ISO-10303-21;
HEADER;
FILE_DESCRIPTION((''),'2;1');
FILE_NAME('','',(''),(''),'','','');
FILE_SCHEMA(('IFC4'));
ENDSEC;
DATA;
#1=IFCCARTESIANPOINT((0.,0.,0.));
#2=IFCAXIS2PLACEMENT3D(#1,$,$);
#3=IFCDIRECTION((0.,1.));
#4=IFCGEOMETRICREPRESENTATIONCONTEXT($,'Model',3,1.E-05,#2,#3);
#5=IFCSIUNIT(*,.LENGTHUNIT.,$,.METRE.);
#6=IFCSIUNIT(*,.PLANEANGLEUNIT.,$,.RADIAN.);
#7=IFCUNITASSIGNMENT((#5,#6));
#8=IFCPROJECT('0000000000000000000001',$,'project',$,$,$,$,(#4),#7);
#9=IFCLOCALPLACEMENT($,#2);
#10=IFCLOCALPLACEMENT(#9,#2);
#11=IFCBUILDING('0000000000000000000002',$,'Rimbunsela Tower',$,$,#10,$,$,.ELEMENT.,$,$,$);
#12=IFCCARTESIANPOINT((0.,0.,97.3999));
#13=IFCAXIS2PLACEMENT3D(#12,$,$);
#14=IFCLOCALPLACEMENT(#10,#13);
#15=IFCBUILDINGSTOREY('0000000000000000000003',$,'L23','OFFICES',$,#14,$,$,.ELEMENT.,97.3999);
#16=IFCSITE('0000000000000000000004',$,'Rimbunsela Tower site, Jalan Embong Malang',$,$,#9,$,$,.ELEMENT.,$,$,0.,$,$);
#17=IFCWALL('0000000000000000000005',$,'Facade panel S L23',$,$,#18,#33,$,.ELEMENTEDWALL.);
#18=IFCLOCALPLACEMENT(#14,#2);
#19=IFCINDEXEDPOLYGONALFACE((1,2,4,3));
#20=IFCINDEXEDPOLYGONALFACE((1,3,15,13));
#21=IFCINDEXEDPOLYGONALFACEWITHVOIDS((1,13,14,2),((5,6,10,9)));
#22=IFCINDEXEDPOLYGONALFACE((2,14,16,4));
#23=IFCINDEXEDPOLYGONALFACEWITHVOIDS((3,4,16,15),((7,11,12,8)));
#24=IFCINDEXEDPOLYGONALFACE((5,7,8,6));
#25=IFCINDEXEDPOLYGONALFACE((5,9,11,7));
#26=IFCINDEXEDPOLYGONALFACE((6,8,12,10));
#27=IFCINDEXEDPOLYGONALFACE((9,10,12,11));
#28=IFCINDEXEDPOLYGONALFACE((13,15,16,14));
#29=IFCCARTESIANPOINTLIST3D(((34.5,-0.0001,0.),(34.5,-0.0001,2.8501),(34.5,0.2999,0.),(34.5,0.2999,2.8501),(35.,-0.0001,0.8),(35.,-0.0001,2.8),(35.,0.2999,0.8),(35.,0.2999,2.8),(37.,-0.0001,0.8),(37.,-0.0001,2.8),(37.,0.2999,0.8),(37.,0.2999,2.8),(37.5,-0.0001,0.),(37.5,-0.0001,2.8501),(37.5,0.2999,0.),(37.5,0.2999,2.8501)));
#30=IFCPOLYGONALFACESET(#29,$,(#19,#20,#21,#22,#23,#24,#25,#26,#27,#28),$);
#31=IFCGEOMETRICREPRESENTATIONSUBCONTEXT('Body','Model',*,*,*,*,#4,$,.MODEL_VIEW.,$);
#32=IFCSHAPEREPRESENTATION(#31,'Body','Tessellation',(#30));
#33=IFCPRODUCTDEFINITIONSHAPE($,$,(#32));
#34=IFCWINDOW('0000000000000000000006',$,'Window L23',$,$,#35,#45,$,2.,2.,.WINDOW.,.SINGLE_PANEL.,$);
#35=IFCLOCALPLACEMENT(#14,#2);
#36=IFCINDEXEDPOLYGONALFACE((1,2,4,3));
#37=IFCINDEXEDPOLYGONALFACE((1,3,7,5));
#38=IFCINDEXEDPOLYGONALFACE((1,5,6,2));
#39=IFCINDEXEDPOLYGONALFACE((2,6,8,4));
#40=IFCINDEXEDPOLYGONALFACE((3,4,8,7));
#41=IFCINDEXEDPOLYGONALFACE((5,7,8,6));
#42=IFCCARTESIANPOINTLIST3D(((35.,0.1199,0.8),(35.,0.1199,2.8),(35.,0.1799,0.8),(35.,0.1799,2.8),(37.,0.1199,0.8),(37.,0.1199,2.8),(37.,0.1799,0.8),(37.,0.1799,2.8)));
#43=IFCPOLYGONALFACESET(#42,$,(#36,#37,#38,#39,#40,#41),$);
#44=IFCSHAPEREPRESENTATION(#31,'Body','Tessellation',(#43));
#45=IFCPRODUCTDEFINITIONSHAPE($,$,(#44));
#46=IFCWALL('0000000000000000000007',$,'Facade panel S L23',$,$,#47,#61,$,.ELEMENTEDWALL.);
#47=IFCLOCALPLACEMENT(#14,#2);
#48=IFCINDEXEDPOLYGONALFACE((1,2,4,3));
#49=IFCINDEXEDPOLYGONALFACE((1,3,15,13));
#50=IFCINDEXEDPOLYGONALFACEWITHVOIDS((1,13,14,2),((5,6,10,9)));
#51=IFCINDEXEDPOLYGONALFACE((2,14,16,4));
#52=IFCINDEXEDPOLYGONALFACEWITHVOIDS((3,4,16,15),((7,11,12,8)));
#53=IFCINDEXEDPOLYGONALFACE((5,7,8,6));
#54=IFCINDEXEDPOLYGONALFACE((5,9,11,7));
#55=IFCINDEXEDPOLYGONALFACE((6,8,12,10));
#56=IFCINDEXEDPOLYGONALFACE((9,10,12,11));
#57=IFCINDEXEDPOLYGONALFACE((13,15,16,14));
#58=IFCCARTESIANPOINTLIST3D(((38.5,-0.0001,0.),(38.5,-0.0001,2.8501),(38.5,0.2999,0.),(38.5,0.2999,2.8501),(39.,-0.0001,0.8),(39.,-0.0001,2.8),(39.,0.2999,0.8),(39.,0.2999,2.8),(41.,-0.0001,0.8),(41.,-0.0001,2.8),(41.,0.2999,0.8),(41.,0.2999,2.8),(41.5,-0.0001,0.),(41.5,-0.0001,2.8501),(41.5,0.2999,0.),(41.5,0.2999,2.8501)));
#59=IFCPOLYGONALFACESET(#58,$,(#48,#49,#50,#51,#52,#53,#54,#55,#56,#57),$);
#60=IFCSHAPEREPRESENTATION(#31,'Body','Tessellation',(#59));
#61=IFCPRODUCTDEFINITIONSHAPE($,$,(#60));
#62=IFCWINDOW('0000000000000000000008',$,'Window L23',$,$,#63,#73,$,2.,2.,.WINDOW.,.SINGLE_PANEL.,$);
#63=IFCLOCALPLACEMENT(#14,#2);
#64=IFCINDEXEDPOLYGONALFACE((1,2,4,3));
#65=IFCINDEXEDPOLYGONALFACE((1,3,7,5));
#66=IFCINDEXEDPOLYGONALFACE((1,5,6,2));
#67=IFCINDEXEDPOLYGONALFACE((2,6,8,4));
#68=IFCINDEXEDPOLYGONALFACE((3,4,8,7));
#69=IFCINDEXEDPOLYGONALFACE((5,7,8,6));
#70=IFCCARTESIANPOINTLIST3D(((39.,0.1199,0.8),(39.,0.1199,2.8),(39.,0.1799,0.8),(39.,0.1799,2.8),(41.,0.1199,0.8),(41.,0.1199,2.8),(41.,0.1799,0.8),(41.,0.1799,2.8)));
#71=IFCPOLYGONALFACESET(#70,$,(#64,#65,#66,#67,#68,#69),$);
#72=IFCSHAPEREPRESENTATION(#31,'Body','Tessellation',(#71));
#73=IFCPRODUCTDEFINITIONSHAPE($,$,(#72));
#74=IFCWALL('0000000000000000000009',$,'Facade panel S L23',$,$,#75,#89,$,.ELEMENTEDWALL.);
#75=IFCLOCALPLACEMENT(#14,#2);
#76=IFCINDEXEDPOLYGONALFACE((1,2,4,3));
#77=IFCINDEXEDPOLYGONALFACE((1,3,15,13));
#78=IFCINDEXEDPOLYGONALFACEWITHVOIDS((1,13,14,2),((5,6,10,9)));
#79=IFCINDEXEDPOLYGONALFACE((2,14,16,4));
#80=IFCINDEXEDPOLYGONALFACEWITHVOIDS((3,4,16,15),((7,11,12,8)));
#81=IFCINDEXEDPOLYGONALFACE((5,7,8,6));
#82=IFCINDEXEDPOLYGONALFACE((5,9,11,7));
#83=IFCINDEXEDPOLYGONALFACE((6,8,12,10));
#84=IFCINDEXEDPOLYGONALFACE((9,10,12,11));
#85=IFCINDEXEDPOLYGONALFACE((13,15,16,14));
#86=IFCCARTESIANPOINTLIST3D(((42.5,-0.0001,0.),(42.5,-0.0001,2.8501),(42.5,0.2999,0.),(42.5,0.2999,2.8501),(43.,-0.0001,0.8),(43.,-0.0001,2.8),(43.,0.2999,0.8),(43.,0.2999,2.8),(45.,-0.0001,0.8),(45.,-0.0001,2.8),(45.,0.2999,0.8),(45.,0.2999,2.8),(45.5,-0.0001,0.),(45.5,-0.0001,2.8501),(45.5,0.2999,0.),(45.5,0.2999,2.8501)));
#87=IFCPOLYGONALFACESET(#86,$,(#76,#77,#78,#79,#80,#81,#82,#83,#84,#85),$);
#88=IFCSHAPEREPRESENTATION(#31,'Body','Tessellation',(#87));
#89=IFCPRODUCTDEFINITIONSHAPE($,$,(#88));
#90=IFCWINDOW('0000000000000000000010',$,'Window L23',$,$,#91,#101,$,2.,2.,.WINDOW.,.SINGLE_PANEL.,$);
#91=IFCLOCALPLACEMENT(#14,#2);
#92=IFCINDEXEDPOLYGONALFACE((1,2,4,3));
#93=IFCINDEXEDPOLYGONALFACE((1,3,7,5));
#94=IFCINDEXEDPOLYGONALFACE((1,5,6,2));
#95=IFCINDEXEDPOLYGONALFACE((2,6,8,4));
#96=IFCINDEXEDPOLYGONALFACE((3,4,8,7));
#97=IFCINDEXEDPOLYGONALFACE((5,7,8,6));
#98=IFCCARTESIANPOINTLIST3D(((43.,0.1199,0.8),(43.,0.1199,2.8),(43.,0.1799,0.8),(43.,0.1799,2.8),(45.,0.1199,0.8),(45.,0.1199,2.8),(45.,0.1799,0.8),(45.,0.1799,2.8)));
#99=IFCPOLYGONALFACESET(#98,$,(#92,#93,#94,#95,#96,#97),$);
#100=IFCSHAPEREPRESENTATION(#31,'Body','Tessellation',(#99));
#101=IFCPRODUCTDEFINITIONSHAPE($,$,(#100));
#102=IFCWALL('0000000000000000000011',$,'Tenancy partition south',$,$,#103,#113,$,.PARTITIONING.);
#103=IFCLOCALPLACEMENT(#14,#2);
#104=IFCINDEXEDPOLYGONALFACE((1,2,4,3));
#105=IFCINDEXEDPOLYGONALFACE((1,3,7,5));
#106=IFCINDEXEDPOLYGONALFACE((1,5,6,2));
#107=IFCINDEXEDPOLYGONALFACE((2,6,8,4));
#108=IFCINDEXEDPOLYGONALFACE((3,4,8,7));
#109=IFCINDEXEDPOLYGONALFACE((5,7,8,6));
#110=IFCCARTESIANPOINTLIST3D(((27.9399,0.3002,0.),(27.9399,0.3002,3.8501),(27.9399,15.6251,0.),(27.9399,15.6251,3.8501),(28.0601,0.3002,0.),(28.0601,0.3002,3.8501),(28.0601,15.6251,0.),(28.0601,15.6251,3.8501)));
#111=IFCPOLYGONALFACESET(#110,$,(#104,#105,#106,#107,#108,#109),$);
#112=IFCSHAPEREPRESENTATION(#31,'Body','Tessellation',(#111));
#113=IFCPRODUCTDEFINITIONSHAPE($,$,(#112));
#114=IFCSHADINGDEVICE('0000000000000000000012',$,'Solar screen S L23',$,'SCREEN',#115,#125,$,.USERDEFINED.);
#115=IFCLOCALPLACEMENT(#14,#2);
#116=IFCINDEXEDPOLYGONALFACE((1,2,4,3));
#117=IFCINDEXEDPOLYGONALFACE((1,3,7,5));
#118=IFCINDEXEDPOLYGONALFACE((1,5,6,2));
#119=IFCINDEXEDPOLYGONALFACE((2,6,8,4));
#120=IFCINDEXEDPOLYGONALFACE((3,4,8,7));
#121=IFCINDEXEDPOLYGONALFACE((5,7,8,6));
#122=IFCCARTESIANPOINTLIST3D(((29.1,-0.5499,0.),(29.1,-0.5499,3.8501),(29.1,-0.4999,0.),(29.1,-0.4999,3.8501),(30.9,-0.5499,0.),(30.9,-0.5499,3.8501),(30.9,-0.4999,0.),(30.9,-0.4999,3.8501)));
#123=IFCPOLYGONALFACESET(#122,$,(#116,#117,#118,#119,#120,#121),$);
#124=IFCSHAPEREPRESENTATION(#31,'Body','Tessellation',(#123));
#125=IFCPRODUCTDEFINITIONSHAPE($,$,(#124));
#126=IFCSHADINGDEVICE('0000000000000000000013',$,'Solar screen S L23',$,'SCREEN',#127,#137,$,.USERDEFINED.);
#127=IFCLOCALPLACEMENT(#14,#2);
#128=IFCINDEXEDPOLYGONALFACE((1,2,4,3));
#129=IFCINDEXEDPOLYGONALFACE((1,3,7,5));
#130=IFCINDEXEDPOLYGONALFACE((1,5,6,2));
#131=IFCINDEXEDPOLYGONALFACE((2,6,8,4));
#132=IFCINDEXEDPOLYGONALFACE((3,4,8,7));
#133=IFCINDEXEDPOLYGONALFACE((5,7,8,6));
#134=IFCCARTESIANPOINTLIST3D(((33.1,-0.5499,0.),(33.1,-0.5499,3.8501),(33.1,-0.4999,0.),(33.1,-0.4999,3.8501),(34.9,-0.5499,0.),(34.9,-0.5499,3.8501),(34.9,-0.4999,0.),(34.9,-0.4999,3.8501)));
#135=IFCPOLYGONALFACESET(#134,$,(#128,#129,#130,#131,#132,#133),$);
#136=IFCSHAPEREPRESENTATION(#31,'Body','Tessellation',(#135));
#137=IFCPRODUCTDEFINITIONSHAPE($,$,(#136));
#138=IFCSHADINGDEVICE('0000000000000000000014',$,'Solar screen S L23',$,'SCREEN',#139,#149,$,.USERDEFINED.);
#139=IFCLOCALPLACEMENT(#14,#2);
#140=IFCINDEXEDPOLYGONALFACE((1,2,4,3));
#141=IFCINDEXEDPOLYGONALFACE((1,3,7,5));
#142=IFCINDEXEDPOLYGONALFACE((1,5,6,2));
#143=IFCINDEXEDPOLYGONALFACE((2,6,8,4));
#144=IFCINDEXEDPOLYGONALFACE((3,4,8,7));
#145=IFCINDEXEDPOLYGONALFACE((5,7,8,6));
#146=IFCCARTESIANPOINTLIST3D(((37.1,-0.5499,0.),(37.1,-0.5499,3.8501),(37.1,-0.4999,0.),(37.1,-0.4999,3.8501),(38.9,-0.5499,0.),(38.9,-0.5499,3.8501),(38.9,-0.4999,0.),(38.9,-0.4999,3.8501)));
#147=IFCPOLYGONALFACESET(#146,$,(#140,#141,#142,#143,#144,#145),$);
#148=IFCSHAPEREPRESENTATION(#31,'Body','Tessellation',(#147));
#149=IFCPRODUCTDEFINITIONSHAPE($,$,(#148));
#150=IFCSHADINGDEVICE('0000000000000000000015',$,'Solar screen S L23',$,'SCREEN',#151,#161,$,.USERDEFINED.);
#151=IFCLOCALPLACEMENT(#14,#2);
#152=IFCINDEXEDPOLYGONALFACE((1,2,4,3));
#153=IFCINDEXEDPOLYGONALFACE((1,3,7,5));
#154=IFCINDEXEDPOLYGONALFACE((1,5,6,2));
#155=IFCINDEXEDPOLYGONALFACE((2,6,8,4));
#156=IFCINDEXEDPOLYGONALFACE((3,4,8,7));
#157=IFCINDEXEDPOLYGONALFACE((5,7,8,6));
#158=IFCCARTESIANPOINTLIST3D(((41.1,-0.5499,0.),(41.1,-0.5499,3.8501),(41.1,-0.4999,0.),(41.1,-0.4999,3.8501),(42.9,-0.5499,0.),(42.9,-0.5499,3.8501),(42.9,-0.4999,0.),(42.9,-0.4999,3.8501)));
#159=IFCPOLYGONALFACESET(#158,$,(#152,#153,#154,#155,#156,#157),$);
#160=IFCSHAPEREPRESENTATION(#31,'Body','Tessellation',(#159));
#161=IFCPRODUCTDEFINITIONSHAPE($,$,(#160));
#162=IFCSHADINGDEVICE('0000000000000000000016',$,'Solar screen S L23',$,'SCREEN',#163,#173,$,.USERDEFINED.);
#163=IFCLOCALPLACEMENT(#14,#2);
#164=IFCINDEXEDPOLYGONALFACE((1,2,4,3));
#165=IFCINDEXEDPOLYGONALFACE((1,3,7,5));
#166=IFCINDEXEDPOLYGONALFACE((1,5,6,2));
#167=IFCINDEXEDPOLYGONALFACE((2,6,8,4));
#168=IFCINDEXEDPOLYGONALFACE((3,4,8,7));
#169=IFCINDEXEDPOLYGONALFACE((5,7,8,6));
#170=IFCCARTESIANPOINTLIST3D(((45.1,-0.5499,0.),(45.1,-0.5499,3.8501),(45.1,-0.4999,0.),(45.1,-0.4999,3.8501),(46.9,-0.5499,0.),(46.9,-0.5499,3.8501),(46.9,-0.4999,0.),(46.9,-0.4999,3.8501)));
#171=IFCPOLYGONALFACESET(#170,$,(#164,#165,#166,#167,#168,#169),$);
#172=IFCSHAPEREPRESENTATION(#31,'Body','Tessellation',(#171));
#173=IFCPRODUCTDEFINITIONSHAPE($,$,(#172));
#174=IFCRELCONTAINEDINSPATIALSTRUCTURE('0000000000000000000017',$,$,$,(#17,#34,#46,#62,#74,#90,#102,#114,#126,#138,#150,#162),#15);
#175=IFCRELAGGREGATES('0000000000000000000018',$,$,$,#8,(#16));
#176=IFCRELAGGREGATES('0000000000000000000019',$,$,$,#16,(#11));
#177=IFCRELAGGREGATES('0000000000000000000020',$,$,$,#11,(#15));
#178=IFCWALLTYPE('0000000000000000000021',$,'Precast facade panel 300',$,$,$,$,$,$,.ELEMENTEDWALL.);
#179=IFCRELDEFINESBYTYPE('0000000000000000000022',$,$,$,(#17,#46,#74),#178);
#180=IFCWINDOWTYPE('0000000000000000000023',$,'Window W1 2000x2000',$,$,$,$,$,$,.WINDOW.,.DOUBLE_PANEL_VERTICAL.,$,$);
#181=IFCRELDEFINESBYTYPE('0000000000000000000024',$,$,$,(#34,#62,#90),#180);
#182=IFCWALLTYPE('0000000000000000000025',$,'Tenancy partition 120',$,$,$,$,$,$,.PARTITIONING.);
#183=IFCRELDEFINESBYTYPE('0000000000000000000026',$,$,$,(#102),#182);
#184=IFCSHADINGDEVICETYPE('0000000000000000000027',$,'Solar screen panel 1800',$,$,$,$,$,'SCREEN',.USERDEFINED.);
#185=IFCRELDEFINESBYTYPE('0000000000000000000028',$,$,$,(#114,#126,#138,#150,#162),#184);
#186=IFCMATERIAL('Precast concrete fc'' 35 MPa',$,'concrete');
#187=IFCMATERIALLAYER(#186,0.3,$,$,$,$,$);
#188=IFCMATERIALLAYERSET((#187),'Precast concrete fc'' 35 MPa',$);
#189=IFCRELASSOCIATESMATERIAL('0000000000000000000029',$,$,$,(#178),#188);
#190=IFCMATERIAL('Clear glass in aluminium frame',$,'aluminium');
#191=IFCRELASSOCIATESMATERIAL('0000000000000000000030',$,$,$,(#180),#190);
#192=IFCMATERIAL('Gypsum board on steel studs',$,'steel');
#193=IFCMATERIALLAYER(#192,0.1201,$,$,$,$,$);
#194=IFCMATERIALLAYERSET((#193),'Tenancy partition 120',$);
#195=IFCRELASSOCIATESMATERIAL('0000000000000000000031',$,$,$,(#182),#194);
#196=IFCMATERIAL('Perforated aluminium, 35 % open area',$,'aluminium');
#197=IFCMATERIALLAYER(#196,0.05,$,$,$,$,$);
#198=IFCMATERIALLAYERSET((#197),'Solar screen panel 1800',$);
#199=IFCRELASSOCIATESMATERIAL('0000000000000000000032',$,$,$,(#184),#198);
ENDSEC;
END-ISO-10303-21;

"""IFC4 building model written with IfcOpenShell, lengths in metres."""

from ifc_helpers import new_model, si_unit, direction, frame, frame_2d, origin, origin_2d, place, context, subcontext, project, spatial, rectangle, extrude, material, layer, layer_set, type_object, element, fill, save


model = new_model("IFC4")

# Units and contexts
model_context = context("Model", 3, precision=1e-05, world=origin(), true_north=direction((0.0, 1.0)))
body_context = subcontext(model_context, "Body", "Model", "MODEL_VIEW")
ifc_project = project(units=[si_unit("LENGTHUNIT", "METRE"), si_unit("PLANEANGLEUNIT", "RADIAN")], contexts=[model_context])

# Site, building, storey
site_placement = place(None, origin())
site = spatial("IfcSite", under=ifc_project, at=site_placement, Name="Rimbunsela Tower site, Jalan Embong Malang", CompositionType="ELEMENT", RefElevation=0.0)
building_placement = place(site_placement, origin())
building = spatial("IfcBuilding", under=site, at=building_placement, Name="Rimbunsela Tower", CompositionType="ELEMENT")
storey_placement = place(building_placement, frame((0.0, 0.0, 97.3999)))
storey = spatial("IfcBuildingStorey", under=building, at=storey_placement, Name="L23", Description="OFFICES", CompositionType="ELEMENT", Elevation=97.3999)

# Shared definitions
ifc_material_1 = material(Name="Precast concrete fc' 35 MPa", Category="concrete")
ifc_layer_1 = layer(ifc_material_1, 0.3)
ifc_layer_set_1 = layer_set([ifc_layer_1], Name="Precast concrete fc' 35 MPa")
wall_type_1 = type_object("IfcWallType", Name="Precast facade panel 300", PredefinedType="ELEMENTEDWALL", material=ifc_layer_set_1)

# Walls, openings, windows
ifc_material_2 = material(Name="Clear glass in aluminium frame", Category="aluminium")
window_type_1 = type_object("IfcWindowType", Name="Window W1 2000x2000", PartitioningType="DOUBLE_PANEL_VERTICAL", PredefinedType="WINDOW", material=ifc_material_2)
wall_1_placement = place(storey_placement, frame((34.5, 0.1499, 0.0), z_axis=(0.0, 0.0, 1.0), x_axis=(1.0, 0.0, 0.0)))
wall_1 = element("IfcWall", 1, at=wall_1_placement, inside=storey, type_object=wall_type_1, Name="Facade panel S L23", PredefinedType="ELEMENTEDWALL", context=body_context, shape_type="SweptSolid", body=[
    extrude(rectangle(XDim=3.0, YDim=0.3, at=frame_2d((1.5, 0.0))), origin(), (0.0, 0.0, 1.0), 2.8501),
])
opening_1_placement = place(wall_1_placement, frame((0.5, 0.0, 0.8)))
opening_1 = element("IfcOpeningElement", 2, at=opening_1_placement, cuts=wall_1, PredefinedType="OPENING", context=body_context, shape_type="SweptSolid", body=[
    extrude(rectangle(XDim=2.0, YDim=2.0, at=frame_2d((1.0, 1.0))), frame((0.0, 0.1599, 0.0), z_axis=(0.0, -1.0, 0.0), x_axis=(1.0, 0.0, 0.0)), (0.0, 0.0, 1.0), 0.3201),
])
window_1_placement = place(opening_1_placement, origin())
window_1 = element("IfcWindow", 3, at=window_1_placement, inside=storey, type_object=window_type_1, Name="Window L23", OverallHeight=2.0, OverallWidth=2.0, PartitioningType="SINGLE_PANEL", PredefinedType="WINDOW", context=body_context, shape_type="SweptSolid", body=[
    extrude(rectangle(XDim=2.0, YDim=2.0, at=frame_2d((1.0, 1.0))), frame((0.0, 0.03, 0.0), z_axis=(0.0, -1.0, 0.0), x_axis=(1.0, 0.0, 0.0)), (0.0, 0.0, 1.0), 0.0601),
])
fill(opening_1, window_1)
wall_2_placement = place(storey_placement, frame((38.5, 0.1499, 0.0), z_axis=(0.0, 0.0, 1.0), x_axis=(1.0, 0.0, 0.0)))
wall_2 = element("IfcWall", 4, at=wall_2_placement, inside=storey, type_object=wall_type_1, Name="Facade panel S L23", PredefinedType="ELEMENTEDWALL", context=body_context, shape_type="SweptSolid", body=[
    extrude(rectangle(XDim=3.0, YDim=0.3, at=frame_2d((1.5, 0.0))), origin(), (0.0, 0.0, 1.0), 2.8501),
])
opening_2_placement = place(wall_2_placement, frame((0.5, 0.0, 0.8)))
opening_2 = element("IfcOpeningElement", 5, at=opening_2_placement, cuts=wall_2, PredefinedType="OPENING", context=body_context, shape_type="SweptSolid", body=[
    extrude(rectangle(XDim=2.0, YDim=2.0, at=frame_2d((1.0, 1.0))), frame((0.0, 0.1599, 0.0), z_axis=(0.0, -1.0, 0.0), x_axis=(1.0, 0.0, 0.0)), (0.0, 0.0, 1.0), 0.3201),
])
window_2_placement = place(opening_2_placement, origin())
window_2 = element("IfcWindow", 6, at=window_2_placement, inside=storey, type_object=window_type_1, Name="Window L23", OverallHeight=2.0, OverallWidth=2.0, PartitioningType="SINGLE_PANEL", PredefinedType="WINDOW", context=body_context, shape_type="SweptSolid", body=[
    extrude(rectangle(XDim=2.0, YDim=2.0, at=frame_2d((1.0, 1.0))), frame((0.0, 0.03, 0.0), z_axis=(0.0, -1.0, 0.0), x_axis=(1.0, 0.0, 0.0)), (0.0, 0.0, 1.0), 0.0601),
])
fill(opening_2, window_2)
wall_3_placement = place(storey_placement, frame((42.5, 0.1499, 0.0), z_axis=(0.0, 0.0, 1.0), x_axis=(1.0, 0.0, 0.0)))
wall_3 = element("IfcWall", 7, at=wall_3_placement, inside=storey, type_object=wall_type_1, Name="Facade panel S L23", PredefinedType="ELEMENTEDWALL", context=body_context, shape_type="SweptSolid", body=[
    extrude(rectangle(XDim=3.0, YDim=0.3, at=frame_2d((1.5, 0.0))), origin(), (0.0, 0.0, 1.0), 2.8501),
])
opening_3_placement = place(wall_3_placement, frame((0.5, 0.0, 0.8)))
opening_3 = element("IfcOpeningElement", 8, at=opening_3_placement, cuts=wall_3, PredefinedType="OPENING", context=body_context, shape_type="SweptSolid", body=[
    extrude(rectangle(XDim=2.0, YDim=2.0, at=frame_2d((1.0, 1.0))), frame((0.0, 0.1599, 0.0), z_axis=(0.0, -1.0, 0.0), x_axis=(1.0, 0.0, 0.0)), (0.0, 0.0, 1.0), 0.3201),
])
window_3_placement = place(opening_3_placement, origin())
window_3 = element("IfcWindow", 9, at=window_3_placement, inside=storey, type_object=window_type_1, Name="Window L23", OverallHeight=2.0, OverallWidth=2.0, PartitioningType="SINGLE_PANEL", PredefinedType="WINDOW", context=body_context, shape_type="SweptSolid", body=[
    extrude(rectangle(XDim=2.0, YDim=2.0, at=frame_2d((1.0, 1.0))), frame((0.0, 0.03, 0.0), z_axis=(0.0, -1.0, 0.0), x_axis=(1.0, 0.0, 0.0)), (0.0, 0.0, 1.0), 0.0601),
])
fill(opening_3, window_3)

# Wall
ifc_material_3 = material(Name="Gypsum board on steel studs", Category="steel")
ifc_layer_2 = layer(ifc_material_3, 0.1201)
ifc_layer_set_2 = layer_set([ifc_layer_2], Name="Tenancy partition 120")
wall_type_2 = type_object("IfcWallType", Name="Tenancy partition 120", PredefinedType="PARTITIONING", material=ifc_layer_set_2)
wall_4_placement = place(storey_placement, frame((28.0, 0.3, 0.0), z_axis=(0.0, 0.0, 1.0), x_axis=(0.0, 1.0, 0.0)))
element("IfcWall", 10, at=wall_4_placement, inside=storey, type_object=wall_type_2, Name="Tenancy partition south", PredefinedType="PARTITIONING", context=body_context, shape_type="SweptSolid", body=[
    extrude(rectangle(XDim=15.325, YDim=0.1201, at=frame_2d((7.6626, 0.0))), origin(), (0.0, 0.0, 1.0), 3.8501),
])

# Shading devices
ifc_material_4 = material(Name="Perforated aluminium, 35 % open area", Category="aluminium")
ifc_layer_3 = layer(ifc_material_4, 0.05)
ifc_layer_set_3 = layer_set([ifc_layer_3], Name="Solar screen panel 1800")
shading_device_type = type_object("IfcShadingDeviceType", Name="Solar screen panel 1800", ElementType="SCREEN", PredefinedType="USERDEFINED", material=ifc_layer_set_3)
for number, where, z_axis, x_axis, name in (
    (11, (30.0, -0.5249, 0.0), (0.0, 0.0, 1.0), (1.0, 0.0, 0.0), "Solar screen S L23"),
    (12, (34.0, -0.5249, 0.0), (0.0, 0.0, 1.0), (1.0, 0.0, 0.0), "Solar screen S L23"),
    (13, (38.0, -0.5249, 0.0), (0.0, 0.0, 1.0), (1.0, 0.0, 0.0), "Solar screen S L23"),
    (14, (42.0, -0.5249, 0.0), (0.0, 0.0, 1.0), (1.0, 0.0, 0.0), "Solar screen S L23"),
    (15, (46.0, -0.5249, 0.0), (0.0, 0.0, 1.0), (1.0, 0.0, 0.0), "Solar screen S L23"),
):
    element("IfcShadingDevice", number, at=place(storey_placement, frame(where, z_axis=z_axis, x_axis=x_axis)), inside=storey, type_object=shading_device_type, Name=name, ObjectType="SCREEN", PredefinedType="USERDEFINED", context=body_context, shape_type="SweptSolid", body=[
        extrude(rectangle(XDim=1.8, YDim=0.05, at=origin_2d()), origin(), (0.0, 0.0, 1.0), 3.8501),
    ])

save(model, "model.ifc")
